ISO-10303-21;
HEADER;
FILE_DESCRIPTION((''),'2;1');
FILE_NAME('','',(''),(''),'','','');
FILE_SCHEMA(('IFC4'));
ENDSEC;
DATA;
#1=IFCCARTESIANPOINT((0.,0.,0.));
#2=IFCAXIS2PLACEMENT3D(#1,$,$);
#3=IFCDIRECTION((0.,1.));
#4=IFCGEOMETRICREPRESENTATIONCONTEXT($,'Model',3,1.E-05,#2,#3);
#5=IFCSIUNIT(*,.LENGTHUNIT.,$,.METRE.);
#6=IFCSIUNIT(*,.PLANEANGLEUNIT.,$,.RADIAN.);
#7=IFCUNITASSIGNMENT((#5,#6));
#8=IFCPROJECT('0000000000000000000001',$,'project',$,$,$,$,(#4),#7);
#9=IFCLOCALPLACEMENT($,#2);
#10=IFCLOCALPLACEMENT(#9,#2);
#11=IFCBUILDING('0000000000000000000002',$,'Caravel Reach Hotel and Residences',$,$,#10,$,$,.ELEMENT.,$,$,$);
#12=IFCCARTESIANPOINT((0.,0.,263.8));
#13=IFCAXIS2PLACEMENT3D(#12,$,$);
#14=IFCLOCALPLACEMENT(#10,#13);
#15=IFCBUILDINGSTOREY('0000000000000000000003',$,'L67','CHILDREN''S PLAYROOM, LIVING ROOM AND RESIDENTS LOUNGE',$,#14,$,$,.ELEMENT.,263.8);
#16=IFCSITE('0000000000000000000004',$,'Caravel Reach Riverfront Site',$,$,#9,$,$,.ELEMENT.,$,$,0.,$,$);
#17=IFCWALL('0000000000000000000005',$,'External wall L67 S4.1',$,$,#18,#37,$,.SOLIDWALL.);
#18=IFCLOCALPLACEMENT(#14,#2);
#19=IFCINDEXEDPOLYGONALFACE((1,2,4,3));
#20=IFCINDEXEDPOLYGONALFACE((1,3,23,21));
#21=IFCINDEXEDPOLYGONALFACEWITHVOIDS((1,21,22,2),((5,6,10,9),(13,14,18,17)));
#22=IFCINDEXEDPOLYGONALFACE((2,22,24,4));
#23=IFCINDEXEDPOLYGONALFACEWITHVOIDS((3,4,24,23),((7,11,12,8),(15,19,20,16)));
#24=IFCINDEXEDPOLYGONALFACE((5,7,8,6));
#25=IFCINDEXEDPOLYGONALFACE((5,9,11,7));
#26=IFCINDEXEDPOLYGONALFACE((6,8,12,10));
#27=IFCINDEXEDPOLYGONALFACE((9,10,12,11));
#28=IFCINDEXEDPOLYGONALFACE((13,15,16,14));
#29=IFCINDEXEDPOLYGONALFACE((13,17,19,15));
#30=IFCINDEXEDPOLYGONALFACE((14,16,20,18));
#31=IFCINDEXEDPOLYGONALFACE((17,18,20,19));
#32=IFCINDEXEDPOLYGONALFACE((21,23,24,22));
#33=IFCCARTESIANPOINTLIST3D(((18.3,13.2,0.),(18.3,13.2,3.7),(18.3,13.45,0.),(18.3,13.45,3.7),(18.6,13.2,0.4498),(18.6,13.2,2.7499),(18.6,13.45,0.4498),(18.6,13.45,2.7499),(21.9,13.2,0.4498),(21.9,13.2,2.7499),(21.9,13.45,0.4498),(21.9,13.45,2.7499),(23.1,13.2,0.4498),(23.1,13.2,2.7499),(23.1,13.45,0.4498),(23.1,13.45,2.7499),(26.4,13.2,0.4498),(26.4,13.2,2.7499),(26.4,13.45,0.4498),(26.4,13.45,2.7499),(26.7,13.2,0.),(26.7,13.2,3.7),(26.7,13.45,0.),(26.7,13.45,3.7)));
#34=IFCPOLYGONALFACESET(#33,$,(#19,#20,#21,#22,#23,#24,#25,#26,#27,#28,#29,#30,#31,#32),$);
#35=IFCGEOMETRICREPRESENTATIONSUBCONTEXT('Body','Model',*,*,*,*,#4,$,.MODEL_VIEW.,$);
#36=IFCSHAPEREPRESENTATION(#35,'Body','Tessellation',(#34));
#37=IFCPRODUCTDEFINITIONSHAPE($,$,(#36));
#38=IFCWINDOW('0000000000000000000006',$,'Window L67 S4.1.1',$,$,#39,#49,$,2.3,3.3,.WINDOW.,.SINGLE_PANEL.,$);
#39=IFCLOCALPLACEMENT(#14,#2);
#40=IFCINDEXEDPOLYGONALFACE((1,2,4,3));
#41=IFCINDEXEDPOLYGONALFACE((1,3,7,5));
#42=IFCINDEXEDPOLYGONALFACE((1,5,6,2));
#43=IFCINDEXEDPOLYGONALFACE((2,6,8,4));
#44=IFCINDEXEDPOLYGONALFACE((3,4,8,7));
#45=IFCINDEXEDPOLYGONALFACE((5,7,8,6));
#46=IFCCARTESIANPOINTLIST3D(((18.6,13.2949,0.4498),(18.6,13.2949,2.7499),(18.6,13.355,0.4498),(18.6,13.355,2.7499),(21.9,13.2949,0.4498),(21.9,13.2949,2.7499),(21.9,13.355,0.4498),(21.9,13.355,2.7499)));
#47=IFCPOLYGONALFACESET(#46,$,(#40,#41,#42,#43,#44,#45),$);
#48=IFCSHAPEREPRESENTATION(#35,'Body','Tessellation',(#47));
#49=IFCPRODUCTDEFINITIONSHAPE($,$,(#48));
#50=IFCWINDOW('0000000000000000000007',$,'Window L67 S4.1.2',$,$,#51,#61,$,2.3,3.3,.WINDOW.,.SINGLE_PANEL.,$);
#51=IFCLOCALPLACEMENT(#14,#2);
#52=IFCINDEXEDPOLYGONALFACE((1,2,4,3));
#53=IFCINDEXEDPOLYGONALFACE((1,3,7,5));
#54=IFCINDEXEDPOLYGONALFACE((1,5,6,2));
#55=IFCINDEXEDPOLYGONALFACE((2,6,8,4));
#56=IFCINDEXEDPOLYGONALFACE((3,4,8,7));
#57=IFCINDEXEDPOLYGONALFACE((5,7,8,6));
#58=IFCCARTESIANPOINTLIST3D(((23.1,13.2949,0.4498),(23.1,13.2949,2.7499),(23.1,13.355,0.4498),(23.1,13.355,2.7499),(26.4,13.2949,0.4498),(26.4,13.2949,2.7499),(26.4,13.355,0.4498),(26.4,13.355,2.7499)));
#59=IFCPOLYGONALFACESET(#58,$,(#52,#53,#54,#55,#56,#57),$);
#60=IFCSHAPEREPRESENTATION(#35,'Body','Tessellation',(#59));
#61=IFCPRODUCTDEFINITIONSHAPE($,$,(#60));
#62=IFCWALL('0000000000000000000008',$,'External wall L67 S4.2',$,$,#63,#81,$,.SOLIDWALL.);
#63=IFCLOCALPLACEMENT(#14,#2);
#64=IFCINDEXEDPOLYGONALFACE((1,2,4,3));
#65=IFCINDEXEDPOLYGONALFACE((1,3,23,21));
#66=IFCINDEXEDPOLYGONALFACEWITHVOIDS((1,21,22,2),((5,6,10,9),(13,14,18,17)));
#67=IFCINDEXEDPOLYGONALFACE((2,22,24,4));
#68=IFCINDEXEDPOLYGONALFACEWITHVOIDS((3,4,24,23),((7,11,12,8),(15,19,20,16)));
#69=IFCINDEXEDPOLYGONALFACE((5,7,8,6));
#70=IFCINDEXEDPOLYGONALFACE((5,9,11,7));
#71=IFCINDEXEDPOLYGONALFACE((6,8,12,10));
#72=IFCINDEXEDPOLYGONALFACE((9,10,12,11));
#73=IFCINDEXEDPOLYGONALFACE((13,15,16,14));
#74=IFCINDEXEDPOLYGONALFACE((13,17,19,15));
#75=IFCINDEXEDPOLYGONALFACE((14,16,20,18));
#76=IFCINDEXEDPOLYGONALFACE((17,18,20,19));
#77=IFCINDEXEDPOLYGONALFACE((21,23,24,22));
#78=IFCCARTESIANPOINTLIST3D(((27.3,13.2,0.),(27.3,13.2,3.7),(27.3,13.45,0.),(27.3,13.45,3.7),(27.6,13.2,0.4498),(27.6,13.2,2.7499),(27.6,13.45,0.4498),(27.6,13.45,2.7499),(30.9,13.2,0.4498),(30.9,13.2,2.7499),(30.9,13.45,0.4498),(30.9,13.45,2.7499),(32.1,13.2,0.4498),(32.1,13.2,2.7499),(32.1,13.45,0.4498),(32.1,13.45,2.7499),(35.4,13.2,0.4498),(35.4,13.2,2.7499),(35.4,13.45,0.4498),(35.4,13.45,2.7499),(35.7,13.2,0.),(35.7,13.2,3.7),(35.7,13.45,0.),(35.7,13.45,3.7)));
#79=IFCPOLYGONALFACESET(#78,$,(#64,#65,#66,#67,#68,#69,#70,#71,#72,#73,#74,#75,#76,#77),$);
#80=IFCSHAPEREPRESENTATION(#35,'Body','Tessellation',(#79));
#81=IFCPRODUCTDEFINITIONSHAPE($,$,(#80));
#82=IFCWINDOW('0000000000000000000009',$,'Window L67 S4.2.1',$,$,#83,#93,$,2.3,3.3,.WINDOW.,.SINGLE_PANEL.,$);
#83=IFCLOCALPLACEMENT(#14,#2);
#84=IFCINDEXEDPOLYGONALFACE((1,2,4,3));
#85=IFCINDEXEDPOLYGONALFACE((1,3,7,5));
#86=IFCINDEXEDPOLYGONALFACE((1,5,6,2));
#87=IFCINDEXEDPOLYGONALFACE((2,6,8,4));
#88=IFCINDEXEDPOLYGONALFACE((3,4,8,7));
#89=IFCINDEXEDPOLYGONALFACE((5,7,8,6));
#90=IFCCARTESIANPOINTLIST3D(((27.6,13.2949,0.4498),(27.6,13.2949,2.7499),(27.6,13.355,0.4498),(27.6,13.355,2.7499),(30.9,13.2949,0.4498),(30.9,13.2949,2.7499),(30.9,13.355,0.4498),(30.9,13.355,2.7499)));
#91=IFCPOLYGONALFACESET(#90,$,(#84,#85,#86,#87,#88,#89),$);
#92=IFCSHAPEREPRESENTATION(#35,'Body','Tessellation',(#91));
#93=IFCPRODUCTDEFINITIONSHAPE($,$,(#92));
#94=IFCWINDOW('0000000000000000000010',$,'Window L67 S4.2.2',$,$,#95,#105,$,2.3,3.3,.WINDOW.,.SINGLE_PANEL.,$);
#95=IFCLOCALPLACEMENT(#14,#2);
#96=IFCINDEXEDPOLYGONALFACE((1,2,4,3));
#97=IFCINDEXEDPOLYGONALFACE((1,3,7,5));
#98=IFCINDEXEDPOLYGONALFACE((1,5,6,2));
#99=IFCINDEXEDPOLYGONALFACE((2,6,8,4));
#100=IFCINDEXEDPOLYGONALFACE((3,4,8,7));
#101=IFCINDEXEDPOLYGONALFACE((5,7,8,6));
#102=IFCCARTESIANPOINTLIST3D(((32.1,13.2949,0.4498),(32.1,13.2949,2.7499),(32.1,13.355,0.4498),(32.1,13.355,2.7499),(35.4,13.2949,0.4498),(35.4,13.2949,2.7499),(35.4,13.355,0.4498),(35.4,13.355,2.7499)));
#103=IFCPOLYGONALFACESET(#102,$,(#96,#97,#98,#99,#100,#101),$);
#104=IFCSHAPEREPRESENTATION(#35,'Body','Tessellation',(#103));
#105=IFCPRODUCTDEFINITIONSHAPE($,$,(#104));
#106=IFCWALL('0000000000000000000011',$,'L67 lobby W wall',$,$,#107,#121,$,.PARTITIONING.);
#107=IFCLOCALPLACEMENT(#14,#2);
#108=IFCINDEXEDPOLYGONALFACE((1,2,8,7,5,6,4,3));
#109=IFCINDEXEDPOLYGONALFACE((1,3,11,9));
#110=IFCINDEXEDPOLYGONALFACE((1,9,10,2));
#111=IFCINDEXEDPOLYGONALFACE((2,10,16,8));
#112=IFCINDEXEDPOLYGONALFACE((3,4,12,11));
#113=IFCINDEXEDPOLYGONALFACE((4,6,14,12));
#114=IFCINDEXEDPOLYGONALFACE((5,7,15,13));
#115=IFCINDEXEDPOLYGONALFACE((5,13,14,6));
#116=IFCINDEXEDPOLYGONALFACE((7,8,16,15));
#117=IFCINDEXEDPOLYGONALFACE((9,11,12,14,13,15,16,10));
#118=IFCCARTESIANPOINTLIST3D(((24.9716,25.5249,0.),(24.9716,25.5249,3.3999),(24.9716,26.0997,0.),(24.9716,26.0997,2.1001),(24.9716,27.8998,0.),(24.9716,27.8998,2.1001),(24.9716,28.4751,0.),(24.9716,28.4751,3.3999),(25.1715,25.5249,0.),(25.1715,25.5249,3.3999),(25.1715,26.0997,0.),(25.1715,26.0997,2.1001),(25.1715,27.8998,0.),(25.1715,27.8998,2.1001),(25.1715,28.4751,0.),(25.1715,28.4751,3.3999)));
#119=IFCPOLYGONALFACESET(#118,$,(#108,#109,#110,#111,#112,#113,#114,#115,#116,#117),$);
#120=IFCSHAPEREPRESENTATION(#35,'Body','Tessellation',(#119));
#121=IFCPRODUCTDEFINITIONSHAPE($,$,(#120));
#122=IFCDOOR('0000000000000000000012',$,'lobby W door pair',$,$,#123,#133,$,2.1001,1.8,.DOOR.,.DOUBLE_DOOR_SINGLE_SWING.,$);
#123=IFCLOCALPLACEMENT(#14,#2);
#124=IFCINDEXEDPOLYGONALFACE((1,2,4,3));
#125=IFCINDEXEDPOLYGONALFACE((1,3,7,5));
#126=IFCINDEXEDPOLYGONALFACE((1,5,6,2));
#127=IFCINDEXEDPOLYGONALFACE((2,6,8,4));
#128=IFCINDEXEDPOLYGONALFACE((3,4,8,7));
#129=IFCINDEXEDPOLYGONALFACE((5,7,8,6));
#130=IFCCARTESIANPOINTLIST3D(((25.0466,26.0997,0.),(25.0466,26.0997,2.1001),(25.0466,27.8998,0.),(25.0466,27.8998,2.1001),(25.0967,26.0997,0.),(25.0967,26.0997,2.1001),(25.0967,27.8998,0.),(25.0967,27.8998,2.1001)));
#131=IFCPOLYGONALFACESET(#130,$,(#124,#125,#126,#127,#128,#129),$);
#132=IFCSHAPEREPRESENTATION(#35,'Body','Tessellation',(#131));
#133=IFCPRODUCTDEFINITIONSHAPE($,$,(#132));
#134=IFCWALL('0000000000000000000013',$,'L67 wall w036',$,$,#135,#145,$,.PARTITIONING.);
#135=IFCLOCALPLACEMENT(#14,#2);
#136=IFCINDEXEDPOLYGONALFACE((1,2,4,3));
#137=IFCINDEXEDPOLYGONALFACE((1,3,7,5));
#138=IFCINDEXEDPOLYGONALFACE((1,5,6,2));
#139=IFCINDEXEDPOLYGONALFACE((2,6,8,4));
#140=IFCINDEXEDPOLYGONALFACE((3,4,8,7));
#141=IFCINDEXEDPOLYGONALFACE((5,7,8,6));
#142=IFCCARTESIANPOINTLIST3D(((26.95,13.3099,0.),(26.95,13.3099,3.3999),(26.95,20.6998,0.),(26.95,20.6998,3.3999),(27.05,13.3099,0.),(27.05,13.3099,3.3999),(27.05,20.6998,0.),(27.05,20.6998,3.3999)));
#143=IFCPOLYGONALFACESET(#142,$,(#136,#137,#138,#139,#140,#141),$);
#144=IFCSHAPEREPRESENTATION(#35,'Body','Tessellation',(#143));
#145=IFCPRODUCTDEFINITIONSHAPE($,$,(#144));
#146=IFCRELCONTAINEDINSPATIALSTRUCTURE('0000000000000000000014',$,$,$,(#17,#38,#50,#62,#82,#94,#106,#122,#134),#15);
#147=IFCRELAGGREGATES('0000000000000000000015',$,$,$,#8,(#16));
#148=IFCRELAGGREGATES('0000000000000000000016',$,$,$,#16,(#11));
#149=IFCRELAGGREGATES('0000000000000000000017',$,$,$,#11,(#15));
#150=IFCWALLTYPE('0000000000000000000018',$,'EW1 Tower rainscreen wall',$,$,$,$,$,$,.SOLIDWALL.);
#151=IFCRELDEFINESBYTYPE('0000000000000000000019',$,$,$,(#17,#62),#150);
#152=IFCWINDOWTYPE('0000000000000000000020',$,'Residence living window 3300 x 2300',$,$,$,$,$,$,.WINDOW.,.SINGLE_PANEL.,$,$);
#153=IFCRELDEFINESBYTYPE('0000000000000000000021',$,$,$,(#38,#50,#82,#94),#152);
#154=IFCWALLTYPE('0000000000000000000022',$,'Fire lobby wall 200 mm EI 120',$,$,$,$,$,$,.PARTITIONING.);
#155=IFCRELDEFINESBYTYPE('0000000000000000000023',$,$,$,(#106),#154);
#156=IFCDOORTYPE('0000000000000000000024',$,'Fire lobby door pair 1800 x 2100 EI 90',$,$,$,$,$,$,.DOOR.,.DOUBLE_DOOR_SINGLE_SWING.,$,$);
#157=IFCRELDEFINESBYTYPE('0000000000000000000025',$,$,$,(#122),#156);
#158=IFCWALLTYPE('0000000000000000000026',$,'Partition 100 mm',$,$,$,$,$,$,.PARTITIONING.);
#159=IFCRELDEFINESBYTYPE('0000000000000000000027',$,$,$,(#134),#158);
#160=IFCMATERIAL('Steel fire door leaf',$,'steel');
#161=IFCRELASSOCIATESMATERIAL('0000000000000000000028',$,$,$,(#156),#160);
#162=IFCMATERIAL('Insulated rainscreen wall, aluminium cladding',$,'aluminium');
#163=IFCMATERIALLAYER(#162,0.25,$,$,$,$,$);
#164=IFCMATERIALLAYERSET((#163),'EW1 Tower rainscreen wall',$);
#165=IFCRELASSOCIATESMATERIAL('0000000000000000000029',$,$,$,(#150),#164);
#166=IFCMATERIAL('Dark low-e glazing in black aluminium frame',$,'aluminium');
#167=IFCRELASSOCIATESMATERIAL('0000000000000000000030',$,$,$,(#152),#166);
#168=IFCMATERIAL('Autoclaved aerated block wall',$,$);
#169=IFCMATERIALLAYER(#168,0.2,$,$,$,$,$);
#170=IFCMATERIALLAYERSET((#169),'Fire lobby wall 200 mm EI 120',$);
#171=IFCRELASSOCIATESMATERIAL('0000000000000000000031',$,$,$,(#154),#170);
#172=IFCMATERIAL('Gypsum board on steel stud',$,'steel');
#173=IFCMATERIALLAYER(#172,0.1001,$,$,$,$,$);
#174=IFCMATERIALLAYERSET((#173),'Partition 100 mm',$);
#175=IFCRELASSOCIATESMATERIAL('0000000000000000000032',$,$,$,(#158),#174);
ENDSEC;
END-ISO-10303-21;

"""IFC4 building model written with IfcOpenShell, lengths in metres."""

from ifc_helpers import new_model, si_unit, direction, frame, frame_2d, origin, place, context, subcontext, project, spatial, rectangle, extrude, material, layer, layer_set, type_object, element, fill, save


model = new_model("IFC4")

# Units and contexts
model_context = context("Model", 3, precision=1e-05, world=origin(), true_north=direction((0.0, 1.0)))
body_context = subcontext(model_context, "Body", "Model", "MODEL_VIEW")
ifc_project = project(units=[si_unit("LENGTHUNIT", "METRE"), si_unit("PLANEANGLEUNIT", "RADIAN")], contexts=[model_context])

# Site, building, storey
site_placement = place(None, origin())
site = spatial("IfcSite", under=ifc_project, at=site_placement, Name="Caravel Reach Riverfront Site", CompositionType="ELEMENT", RefElevation=0.0)
building_placement = place(site_placement, origin())
building = spatial("IfcBuilding", under=site, at=building_placement, Name="Caravel Reach Hotel and Residences", CompositionType="ELEMENT")
storey_placement = place(building_placement, frame((0.0, 0.0, 263.8)))
storey = spatial("IfcBuildingStorey", under=building, at=storey_placement, Name="L67", Description="CHILDREN'S PLAYROOM, LIVING ROOM AND RESIDENTS LOUNGE", CompositionType="ELEMENT", Elevation=263.8)

# Shared definitions
ifc_material_1 = material(Name="Steel fire door leaf", Category="steel")
door_type_1 = type_object("IfcDoorType", Name="Fire lobby door pair 1800 x 2100 EI 90", OperationType="DOUBLE_DOOR_SINGLE_SWING", PredefinedType="DOOR", material=ifc_material_1)

# Walls, openings, windows
ifc_material_2 = material(Name="Insulated rainscreen wall, aluminium cladding", Category="aluminium")
ifc_layer_1 = layer(ifc_material_2, 0.25)
ifc_layer_set_1 = layer_set([ifc_layer_1], Name="EW1 Tower rainscreen wall")
wall_type_1 = type_object("IfcWallType", Name="EW1 Tower rainscreen wall", PredefinedType="SOLIDWALL", material=ifc_layer_set_1)
wall_1_placement = place(storey_placement, frame((18.3, 13.325, 0.0), z_axis=(0.0, 0.0, 1.0), x_axis=(1.0, 0.0, 0.0)))
wall_1 = element("IfcWall", 1, at=wall_1_placement, inside=storey, type_object=wall_type_1, Name="External wall L67 S4.1", PredefinedType="SOLIDWALL", context=body_context, shape_type="SweptSolid", body=[
    extrude(rectangle(XDim=8.3999, YDim=0.25, at=frame_2d((4.2, 0.0))), origin(), (0.0, 0.0, 1.0), 3.7),
])
opening_1_placement = place(wall_1_placement, frame((0.3, 0.0, 0.45)))
opening_1 = element("IfcOpeningElement", 2, at=opening_1_placement, cuts=wall_1, PredefinedType="OPENING", context=body_context, shape_type="SweptSolid", body=[
    extrude(rectangle(XDim=3.3, YDim=2.3, at=frame_2d((1.6499, 1.1499))), frame((0.0, 0.135, 0.0), z_axis=(0.0, -1.0, 0.0), x_axis=(1.0, 0.0, 0.0)), (0.0, 0.0, 1.0), 0.27),
])
opening_2_placement = place(wall_1_placement, frame((4.8, 0.0, 0.45)))
opening_2 = element("IfcOpeningElement", 3, at=opening_2_placement, cuts=wall_1, PredefinedType="OPENING", context=body_context, shape_type="SweptSolid", body=[
    extrude(rectangle(XDim=3.3, YDim=2.3, at=frame_2d((1.6499, 1.1499))), frame((0.0, 0.135, 0.0), z_axis=(0.0, -1.0, 0.0), x_axis=(1.0, 0.0, 0.0)), (0.0, 0.0, 1.0), 0.27),
])
ifc_material_3 = material(Name="Dark low-e glazing in black aluminium frame", Category="aluminium")
window_type = type_object("IfcWindowType", Name="Residence living window 3300 x 2300", PartitioningType="SINGLE_PANEL", PredefinedType="WINDOW", material=ifc_material_3)
window_1_placement = place(opening_1_placement, origin())
window_1 = element("IfcWindow", 4, at=window_1_placement, inside=storey, type_object=window_type, Name="Window L67 S4.1.1", OverallHeight=2.3, OverallWidth=3.3, PartitioningType="SINGLE_PANEL", PredefinedType="WINDOW", context=body_context, shape_type="SweptSolid", body=[
    extrude(rectangle(XDim=3.3, YDim=2.3, at=frame_2d((1.6499, 1.1499))), frame((0.0, 0.03, 0.0), z_axis=(0.0, -1.0, 0.0), x_axis=(1.0, 0.0, 0.0)), (0.0, 0.0, 1.0), 0.0601),
])
fill(opening_1, window_1)
window_2_placement = place(opening_2_placement, origin())
window_2 = element("IfcWindow", 5, at=window_2_placement, inside=storey, type_object=window_type, Name="Window L67 S4.1.2", OverallHeight=2.3, OverallWidth=3.3, PartitioningType="SINGLE_PANEL", PredefinedType="WINDOW", context=body_context, shape_type="SweptSolid", body=[
    extrude(rectangle(XDim=3.3, YDim=2.3, at=frame_2d((1.6499, 1.1499))), frame((0.0, 0.03, 0.0), z_axis=(0.0, -1.0, 0.0), x_axis=(1.0, 0.0, 0.0)), (0.0, 0.0, 1.0), 0.0601),
])
fill(opening_2, window_2)
wall_2_placement = place(storey_placement, frame((27.3, 13.325, 0.0), z_axis=(0.0, 0.0, 1.0), x_axis=(1.0, 0.0, 0.0)))
wall_2 = element("IfcWall", 6, at=wall_2_placement, inside=storey, type_object=wall_type_1, Name="External wall L67 S4.2", PredefinedType="SOLIDWALL", context=body_context, shape_type="SweptSolid", body=[
    extrude(rectangle(XDim=8.3999, YDim=0.25, at=frame_2d((4.2, 0.0))), origin(), (0.0, 0.0, 1.0), 3.7),
])
opening_3_placement = place(wall_2_placement, frame((0.3, 0.0, 0.45)))
opening_3 = element("IfcOpeningElement", 7, at=opening_3_placement, cuts=wall_2, PredefinedType="OPENING", context=body_context, shape_type="SweptSolid", body=[
    extrude(rectangle(XDim=3.3, YDim=2.3, at=frame_2d((1.6499, 1.1499))), frame((0.0, 0.135, 0.0), z_axis=(0.0, -1.0, 0.0), x_axis=(1.0, 0.0, 0.0)), (0.0, 0.0, 1.0), 0.27),
])
opening_4_placement = place(wall_2_placement, frame((4.8, 0.0, 0.45)))
opening_4 = element("IfcOpeningElement", 8, at=opening_4_placement, cuts=wall_2, PredefinedType="OPENING", context=body_context, shape_type="SweptSolid", body=[
    extrude(rectangle(XDim=3.3, YDim=2.3, at=frame_2d((1.6499, 1.1499))), frame((0.0, 0.135, 0.0), z_axis=(0.0, -1.0, 0.0), x_axis=(1.0, 0.0, 0.0)), (0.0, 0.0, 1.0), 0.27),
])
window_3_placement = place(opening_3_placement, origin())
window_3 = element("IfcWindow", 9, at=window_3_placement, inside=storey, type_object=window_type, Name="Window L67 S4.2.1", OverallHeight=2.3, OverallWidth=3.3, PartitioningType="SINGLE_PANEL", PredefinedType="WINDOW", context=body_context, shape_type="SweptSolid", body=[
    extrude(rectangle(XDim=3.3, YDim=2.3, at=frame_2d((1.6499, 1.1499))), frame((0.0, 0.03, 0.0), z_axis=(0.0, -1.0, 0.0), x_axis=(1.0, 0.0, 0.0)), (0.0, 0.0, 1.0), 0.0601),
])
fill(opening_3, window_3)
window_4_placement = place(opening_4_placement, origin())
window_4 = element("IfcWindow", 10, at=window_4_placement, inside=storey, type_object=window_type, Name="Window L67 S4.2.2", OverallHeight=2.3, OverallWidth=3.3, PartitioningType="SINGLE_PANEL", PredefinedType="WINDOW", context=body_context, shape_type="SweptSolid", body=[
    extrude(rectangle(XDim=3.3, YDim=2.3, at=frame_2d((1.6499, 1.1499))), frame((0.0, 0.03, 0.0), z_axis=(0.0, -1.0, 0.0), x_axis=(1.0, 0.0, 0.0)), (0.0, 0.0, 1.0), 0.0601),
])
fill(opening_4, window_4)

# Wall, opening, door
ifc_material_4 = material(Name="Autoclaved aerated block wall")
ifc_layer_2 = layer(ifc_material_4, 0.2)
ifc_layer_set_2 = layer_set([ifc_layer_2], Name="Fire lobby wall 200 mm EI 120")
wall_type_2 = type_object("IfcWallType", Name="Fire lobby wall 200 mm EI 120", PredefinedType="PARTITIONING", material=ifc_layer_set_2)
wall_3_placement = place(storey_placement, frame((25.0715, 25.5249, 0.0), z_axis=(0.0, 0.0, 1.0), x_axis=(0.0, 1.0, 0.0)))
wall_3 = element("IfcWall", 11, at=wall_3_placement, inside=storey, type_object=wall_type_2, Name="L67 lobby W wall", PredefinedType="PARTITIONING", context=body_context, shape_type="SweptSolid", body=[
    extrude(rectangle(XDim=2.9502, YDim=0.2, at=frame_2d((1.4751, 0.0))), origin(), (0.0, 0.0, 1.0), 3.3999),
])
opening_5_placement = place(wall_3_placement, frame((0.575, 0.0, 0.0)))
opening_5 = element("IfcOpeningElement", 12, at=opening_5_placement, cuts=wall_3, PredefinedType="OPENING", context=body_context, shape_type="SweptSolid", body=[
    extrude(rectangle(XDim=1.8, YDim=2.1001, at=frame_2d((0.8999, 1.05))), frame((0.0, 0.1099, 0.0), z_axis=(0.0, -1.0, 0.0), x_axis=(1.0, 0.0, 0.0)), (0.0, 0.0, 1.0), 0.22),
])
door_1_placement = place(opening_5_placement, origin())
door_1 = element("IfcDoor", 13, at=door_1_placement, inside=storey, type_object=door_type_1, Name="lobby W door pair", OperationType="DOUBLE_DOOR_SINGLE_SWING", OverallHeight=2.1001, OverallWidth=1.8, PredefinedType="DOOR", context=body_context, shape_type="SweptSolid", body=[
    extrude(rectangle(XDim=1.8, YDim=2.1001, at=frame_2d((0.8999, 1.05))), frame((0.0, 0.0249, 0.0), z_axis=(0.0, -1.0, 0.0), x_axis=(1.0, 0.0, 0.0)), (0.0, 0.0, 1.0), 0.05),
])
fill(opening_5, door_1)

# Wall
ifc_material_5 = material(Name="Gypsum board on steel stud", Category="steel")
ifc_layer_3 = layer(ifc_material_5, 0.1001)
ifc_layer_set_3 = layer_set([ifc_layer_3], Name="Partition 100 mm")
wall_type_3 = type_object("IfcWallType", Name="Partition 100 mm", PredefinedType="PARTITIONING", material=ifc_layer_set_3)
wall_4_placement = place(storey_placement, frame((27.0, 13.3101, 0.0), z_axis=(0.0, 0.0, 1.0), x_axis=(0.0, 1.0, 0.0)))
element("IfcWall", 14, at=wall_4_placement, inside=storey, type_object=wall_type_3, Name="L67 wall w036", PredefinedType="PARTITIONING", context=body_context, shape_type="SweptSolid", body=[
    extrude(rectangle(XDim=7.3899, YDim=0.1001, at=frame_2d((3.6948, 0.0))), origin(), (0.0, 0.0, 1.0), 3.3999),
])

save(model, "model.ifc")
